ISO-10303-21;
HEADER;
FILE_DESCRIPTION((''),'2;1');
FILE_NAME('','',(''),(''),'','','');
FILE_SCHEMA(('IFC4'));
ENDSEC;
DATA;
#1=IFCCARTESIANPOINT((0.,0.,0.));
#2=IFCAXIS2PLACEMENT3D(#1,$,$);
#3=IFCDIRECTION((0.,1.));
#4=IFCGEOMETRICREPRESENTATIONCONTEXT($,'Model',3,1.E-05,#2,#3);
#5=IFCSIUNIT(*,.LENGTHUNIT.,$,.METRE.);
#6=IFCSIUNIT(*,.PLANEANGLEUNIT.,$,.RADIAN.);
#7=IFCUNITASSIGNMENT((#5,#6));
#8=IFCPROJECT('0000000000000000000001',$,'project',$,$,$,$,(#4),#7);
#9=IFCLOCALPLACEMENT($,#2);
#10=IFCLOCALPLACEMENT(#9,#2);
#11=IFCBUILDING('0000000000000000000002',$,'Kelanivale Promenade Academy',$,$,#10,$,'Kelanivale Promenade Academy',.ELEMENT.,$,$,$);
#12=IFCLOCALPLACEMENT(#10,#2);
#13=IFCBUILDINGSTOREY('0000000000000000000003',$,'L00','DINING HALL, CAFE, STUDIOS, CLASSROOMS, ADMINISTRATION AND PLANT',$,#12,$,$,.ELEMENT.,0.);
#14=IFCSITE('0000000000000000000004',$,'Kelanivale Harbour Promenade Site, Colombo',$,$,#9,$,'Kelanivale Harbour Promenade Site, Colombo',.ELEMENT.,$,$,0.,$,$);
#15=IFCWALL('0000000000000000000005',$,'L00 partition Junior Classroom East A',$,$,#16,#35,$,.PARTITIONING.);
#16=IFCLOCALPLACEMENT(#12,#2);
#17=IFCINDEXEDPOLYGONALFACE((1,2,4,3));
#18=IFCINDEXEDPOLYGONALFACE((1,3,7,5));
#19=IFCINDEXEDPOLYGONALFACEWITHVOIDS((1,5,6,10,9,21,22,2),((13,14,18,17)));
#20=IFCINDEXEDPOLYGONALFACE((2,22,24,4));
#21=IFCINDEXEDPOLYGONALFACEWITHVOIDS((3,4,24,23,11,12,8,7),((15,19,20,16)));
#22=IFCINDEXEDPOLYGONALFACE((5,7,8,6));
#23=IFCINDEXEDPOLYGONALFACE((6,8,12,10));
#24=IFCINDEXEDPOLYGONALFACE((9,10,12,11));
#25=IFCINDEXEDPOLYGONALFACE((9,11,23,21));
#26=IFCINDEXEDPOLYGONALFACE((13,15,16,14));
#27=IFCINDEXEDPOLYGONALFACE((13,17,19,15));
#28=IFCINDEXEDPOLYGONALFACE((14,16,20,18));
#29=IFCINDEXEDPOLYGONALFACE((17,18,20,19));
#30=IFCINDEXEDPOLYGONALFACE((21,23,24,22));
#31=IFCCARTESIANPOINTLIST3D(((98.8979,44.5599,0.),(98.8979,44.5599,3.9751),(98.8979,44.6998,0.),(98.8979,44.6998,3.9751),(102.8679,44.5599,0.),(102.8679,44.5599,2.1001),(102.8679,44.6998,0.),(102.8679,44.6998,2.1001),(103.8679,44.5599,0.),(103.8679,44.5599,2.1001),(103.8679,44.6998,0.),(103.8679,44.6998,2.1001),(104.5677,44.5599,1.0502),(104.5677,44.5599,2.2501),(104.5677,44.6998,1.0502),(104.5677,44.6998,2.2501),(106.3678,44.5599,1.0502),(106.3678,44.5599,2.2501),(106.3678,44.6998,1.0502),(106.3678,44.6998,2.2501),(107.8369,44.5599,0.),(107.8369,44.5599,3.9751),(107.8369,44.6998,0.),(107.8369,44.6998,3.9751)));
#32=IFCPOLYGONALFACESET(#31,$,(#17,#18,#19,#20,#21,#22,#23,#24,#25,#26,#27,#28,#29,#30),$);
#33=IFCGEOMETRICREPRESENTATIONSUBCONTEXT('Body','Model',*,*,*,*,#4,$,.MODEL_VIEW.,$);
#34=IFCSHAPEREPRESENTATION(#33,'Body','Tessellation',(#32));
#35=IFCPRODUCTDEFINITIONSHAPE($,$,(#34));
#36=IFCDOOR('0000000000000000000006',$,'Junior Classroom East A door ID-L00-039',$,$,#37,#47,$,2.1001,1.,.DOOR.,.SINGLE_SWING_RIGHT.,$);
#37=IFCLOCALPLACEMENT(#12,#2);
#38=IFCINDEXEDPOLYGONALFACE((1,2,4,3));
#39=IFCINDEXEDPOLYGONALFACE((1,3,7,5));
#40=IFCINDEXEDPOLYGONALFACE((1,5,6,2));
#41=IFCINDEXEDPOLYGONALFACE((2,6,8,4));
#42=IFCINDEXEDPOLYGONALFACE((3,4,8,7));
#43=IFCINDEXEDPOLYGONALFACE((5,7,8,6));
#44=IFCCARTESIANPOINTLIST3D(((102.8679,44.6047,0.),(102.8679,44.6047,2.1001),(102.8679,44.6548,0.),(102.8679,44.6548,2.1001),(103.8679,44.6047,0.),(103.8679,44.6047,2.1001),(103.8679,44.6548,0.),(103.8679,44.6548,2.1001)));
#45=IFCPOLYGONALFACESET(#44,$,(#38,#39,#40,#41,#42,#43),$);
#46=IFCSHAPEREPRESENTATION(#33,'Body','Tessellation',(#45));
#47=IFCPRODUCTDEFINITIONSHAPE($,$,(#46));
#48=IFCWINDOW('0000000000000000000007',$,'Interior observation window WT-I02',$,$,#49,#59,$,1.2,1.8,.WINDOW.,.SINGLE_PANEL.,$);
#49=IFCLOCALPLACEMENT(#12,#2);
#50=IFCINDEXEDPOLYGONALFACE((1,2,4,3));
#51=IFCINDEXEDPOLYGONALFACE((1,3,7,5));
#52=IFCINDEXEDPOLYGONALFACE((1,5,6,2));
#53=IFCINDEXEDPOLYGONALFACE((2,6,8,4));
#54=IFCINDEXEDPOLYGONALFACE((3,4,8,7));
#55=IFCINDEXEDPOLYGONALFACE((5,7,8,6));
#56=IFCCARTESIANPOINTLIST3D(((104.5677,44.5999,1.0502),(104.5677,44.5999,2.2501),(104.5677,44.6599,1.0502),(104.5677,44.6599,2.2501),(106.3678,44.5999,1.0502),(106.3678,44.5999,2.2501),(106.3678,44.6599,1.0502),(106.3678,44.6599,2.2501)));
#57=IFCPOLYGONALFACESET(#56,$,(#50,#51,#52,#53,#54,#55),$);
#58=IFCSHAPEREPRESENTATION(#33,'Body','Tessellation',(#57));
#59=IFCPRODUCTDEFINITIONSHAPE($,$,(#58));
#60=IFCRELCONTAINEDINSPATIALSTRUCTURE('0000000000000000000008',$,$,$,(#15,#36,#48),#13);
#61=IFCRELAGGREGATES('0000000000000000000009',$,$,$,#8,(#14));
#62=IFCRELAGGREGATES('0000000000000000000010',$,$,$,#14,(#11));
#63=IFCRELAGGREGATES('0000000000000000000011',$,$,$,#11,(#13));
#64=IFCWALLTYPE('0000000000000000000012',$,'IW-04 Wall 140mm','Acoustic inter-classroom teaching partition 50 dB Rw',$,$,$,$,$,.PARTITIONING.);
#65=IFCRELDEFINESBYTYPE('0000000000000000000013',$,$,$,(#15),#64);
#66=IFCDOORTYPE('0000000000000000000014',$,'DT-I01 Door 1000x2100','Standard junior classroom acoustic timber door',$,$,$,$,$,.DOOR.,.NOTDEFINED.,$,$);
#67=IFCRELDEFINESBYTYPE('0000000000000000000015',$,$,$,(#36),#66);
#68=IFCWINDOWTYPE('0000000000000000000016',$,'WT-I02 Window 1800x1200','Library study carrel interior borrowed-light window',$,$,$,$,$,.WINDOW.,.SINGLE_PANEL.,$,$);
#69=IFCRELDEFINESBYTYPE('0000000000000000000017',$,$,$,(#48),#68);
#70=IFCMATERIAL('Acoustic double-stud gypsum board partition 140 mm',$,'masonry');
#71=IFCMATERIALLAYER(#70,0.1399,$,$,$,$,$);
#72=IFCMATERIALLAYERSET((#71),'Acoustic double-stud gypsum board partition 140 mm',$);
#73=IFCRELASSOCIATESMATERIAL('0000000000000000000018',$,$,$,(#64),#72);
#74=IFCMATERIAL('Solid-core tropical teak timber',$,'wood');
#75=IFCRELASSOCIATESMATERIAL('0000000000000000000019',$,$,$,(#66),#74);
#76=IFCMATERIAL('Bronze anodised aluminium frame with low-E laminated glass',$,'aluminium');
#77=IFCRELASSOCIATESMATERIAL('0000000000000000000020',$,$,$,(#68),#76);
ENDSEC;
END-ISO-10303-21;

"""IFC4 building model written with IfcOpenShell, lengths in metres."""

from ifc_helpers import new_model, si_unit, direction, frame, frame_2d, origin, place, context, subcontext, project, spatial, rectangle, extrude, material, layer, layer_set, type_object, element, fill, save


model = new_model("IFC4")

# Units and contexts
model_context = context("Model", 3, precision=1e-05, world=origin(), true_north=direction((0.0, 1.0)))
body_context = subcontext(model_context, "Body", "Model", "MODEL_VIEW")
ifc_project = project(units=[si_unit("LENGTHUNIT", "METRE"), si_unit("PLANEANGLEUNIT", "RADIAN")], contexts=[model_context])

# Site, building, storey
site_placement = place(None, origin())
site = spatial("IfcSite", under=ifc_project, at=site_placement, Name="Kelanivale Harbour Promenade Site, Colombo", LongName="Kelanivale Harbour Promenade Site, Colombo", CompositionType="ELEMENT", RefElevation=0.0)
building_placement = place(site_placement, origin())
building = spatial("IfcBuilding", under=site, at=building_placement, Name="Kelanivale Promenade Academy", LongName="Kelanivale Promenade Academy", CompositionType="ELEMENT")
storey_placement = place(building_placement, origin())
storey = spatial("IfcBuildingStorey", under=building, at=storey_placement, Name="L00", Description="DINING HALL, CAFE, STUDIOS, CLASSROOMS, ADMINISTRATION AND PLANT", CompositionType="ELEMENT", Elevation=0.0)

# Shared definitions
ifc_material_1 = material(Name="Acoustic double-stud gypsum board partition 140 mm", Category="masonry")
ifc_layer_1 = layer(ifc_material_1, 0.1399)
ifc_layer_set_1 = layer_set([ifc_layer_1], Name="Acoustic double-stud gypsum board partition 140 mm")
wall_type = type_object("IfcWallType", Name="IW-04 Wall 140mm", Description="Acoustic inter-classroom teaching partition 50 dB Rw", PredefinedType="PARTITIONING", material=ifc_layer_set_1)

# Wall, openings, door, window
wall_1_placement = place(storey_placement, frame((98.8979, 44.6299, 0.0), z_axis=(0.0, 0.0, 1.0), x_axis=(1.0, 0.0, 0.0)))
wall_1 = element("IfcWall", 1, at=wall_1_placement, inside=storey, type_object=wall_type, Name="L00 partition Junior Classroom East A", PredefinedType="PARTITIONING", context=body_context, shape_type="SweptSolid", body=[
    extrude(rectangle(XDim=8.939, YDim=0.1399, at=frame_2d((4.4695, 0.0))), origin(), (0.0, 0.0, 1.0), 3.9751),
])
opening_1_placement = place(wall_1_placement, frame((3.97, 0.0, 0.0)))
opening_1 = element("IfcOpeningElement", 2, at=opening_1_placement, cuts=wall_1, PredefinedType="OPENING", context=body_context, shape_type="SweptSolid", body=[
    extrude(rectangle(XDim=1.0, YDim=2.1001, at=frame_2d((0.5, 1.05))), frame((0.0, 0.0801, 0.0), z_axis=(0.0, -1.0, 0.0), x_axis=(1.0, 0.0, 0.0)), (0.0, 0.0, 1.0), 0.1599),
])
opening_2_placement = place(wall_1_placement, frame((5.6699, 0.0, 1.05)))
opening_2 = element("IfcOpeningElement", 3, at=opening_2_placement, cuts=wall_1, PredefinedType="OPENING", context=body_context, shape_type="SweptSolid", body=[
    extrude(rectangle(XDim=1.8, YDim=1.2, at=frame_2d((0.8999, 0.6001))), frame((0.0, 0.0801, 0.0), z_axis=(0.0, -1.0, 0.0), x_axis=(1.0, 0.0, 0.0)), (0.0, 0.0, 1.0), 0.1599),
])
ifc_material_2 = material(Name="Solid-core tropical teak timber", Category="wood")
door_type = type_object("IfcDoorType", Name="DT-I01 Door 1000x2100", Description="Standard junior classroom acoustic timber door", OperationType="NOTDEFINED", PredefinedType="DOOR", material=ifc_material_2)
door_placement = place(opening_1_placement, origin())
door = element("IfcDoor", 4, at=door_placement, inside=storey, type_object=door_type, Name="Junior Classroom East A door ID-L00-039", OperationType="SINGLE_SWING_RIGHT", OverallHeight=2.1001, OverallWidth=1.0, PredefinedType="DOOR", context=body_context, shape_type="SweptSolid", body=[
    extrude(rectangle(XDim=1.0, YDim=2.1001, at=frame_2d((0.5, 1.05))), frame((0.0, 0.0249, 0.0), z_axis=(0.0, -1.0, 0.0), x_axis=(1.0, 0.0, 0.0)), (0.0, 0.0, 1.0), 0.05),
])
fill(opening_1, door)
ifc_material_3 = material(Name="Bronze anodised aluminium frame with low-E laminated glass", Category="aluminium")
window_type = type_object("IfcWindowType", Name="WT-I02 Window 1800x1200", Description="Library study carrel interior borrowed-light window", PartitioningType="SINGLE_PANEL", PredefinedType="WINDOW", material=ifc_material_3)
window_placement = place(opening_2_placement, origin())
window = element("IfcWindow", 5, at=window_placement, inside=storey, type_object=window_type, Name="Interior observation window WT-I02", OverallHeight=1.2, OverallWidth=1.8, PartitioningType="SINGLE_PANEL", PredefinedType="WINDOW", context=body_context, shape_type="SweptSolid", body=[
    extrude(rectangle(XDim=1.8, YDim=1.2, at=frame_2d((0.8999, 0.6001))), frame((0.0, 0.03, 0.0), z_axis=(0.0, -1.0, 0.0), x_axis=(1.0, 0.0, 0.0)), (0.0, 0.0, 1.0), 0.0601),
])
fill(opening_2, window)

save(model, "model.ifc")
